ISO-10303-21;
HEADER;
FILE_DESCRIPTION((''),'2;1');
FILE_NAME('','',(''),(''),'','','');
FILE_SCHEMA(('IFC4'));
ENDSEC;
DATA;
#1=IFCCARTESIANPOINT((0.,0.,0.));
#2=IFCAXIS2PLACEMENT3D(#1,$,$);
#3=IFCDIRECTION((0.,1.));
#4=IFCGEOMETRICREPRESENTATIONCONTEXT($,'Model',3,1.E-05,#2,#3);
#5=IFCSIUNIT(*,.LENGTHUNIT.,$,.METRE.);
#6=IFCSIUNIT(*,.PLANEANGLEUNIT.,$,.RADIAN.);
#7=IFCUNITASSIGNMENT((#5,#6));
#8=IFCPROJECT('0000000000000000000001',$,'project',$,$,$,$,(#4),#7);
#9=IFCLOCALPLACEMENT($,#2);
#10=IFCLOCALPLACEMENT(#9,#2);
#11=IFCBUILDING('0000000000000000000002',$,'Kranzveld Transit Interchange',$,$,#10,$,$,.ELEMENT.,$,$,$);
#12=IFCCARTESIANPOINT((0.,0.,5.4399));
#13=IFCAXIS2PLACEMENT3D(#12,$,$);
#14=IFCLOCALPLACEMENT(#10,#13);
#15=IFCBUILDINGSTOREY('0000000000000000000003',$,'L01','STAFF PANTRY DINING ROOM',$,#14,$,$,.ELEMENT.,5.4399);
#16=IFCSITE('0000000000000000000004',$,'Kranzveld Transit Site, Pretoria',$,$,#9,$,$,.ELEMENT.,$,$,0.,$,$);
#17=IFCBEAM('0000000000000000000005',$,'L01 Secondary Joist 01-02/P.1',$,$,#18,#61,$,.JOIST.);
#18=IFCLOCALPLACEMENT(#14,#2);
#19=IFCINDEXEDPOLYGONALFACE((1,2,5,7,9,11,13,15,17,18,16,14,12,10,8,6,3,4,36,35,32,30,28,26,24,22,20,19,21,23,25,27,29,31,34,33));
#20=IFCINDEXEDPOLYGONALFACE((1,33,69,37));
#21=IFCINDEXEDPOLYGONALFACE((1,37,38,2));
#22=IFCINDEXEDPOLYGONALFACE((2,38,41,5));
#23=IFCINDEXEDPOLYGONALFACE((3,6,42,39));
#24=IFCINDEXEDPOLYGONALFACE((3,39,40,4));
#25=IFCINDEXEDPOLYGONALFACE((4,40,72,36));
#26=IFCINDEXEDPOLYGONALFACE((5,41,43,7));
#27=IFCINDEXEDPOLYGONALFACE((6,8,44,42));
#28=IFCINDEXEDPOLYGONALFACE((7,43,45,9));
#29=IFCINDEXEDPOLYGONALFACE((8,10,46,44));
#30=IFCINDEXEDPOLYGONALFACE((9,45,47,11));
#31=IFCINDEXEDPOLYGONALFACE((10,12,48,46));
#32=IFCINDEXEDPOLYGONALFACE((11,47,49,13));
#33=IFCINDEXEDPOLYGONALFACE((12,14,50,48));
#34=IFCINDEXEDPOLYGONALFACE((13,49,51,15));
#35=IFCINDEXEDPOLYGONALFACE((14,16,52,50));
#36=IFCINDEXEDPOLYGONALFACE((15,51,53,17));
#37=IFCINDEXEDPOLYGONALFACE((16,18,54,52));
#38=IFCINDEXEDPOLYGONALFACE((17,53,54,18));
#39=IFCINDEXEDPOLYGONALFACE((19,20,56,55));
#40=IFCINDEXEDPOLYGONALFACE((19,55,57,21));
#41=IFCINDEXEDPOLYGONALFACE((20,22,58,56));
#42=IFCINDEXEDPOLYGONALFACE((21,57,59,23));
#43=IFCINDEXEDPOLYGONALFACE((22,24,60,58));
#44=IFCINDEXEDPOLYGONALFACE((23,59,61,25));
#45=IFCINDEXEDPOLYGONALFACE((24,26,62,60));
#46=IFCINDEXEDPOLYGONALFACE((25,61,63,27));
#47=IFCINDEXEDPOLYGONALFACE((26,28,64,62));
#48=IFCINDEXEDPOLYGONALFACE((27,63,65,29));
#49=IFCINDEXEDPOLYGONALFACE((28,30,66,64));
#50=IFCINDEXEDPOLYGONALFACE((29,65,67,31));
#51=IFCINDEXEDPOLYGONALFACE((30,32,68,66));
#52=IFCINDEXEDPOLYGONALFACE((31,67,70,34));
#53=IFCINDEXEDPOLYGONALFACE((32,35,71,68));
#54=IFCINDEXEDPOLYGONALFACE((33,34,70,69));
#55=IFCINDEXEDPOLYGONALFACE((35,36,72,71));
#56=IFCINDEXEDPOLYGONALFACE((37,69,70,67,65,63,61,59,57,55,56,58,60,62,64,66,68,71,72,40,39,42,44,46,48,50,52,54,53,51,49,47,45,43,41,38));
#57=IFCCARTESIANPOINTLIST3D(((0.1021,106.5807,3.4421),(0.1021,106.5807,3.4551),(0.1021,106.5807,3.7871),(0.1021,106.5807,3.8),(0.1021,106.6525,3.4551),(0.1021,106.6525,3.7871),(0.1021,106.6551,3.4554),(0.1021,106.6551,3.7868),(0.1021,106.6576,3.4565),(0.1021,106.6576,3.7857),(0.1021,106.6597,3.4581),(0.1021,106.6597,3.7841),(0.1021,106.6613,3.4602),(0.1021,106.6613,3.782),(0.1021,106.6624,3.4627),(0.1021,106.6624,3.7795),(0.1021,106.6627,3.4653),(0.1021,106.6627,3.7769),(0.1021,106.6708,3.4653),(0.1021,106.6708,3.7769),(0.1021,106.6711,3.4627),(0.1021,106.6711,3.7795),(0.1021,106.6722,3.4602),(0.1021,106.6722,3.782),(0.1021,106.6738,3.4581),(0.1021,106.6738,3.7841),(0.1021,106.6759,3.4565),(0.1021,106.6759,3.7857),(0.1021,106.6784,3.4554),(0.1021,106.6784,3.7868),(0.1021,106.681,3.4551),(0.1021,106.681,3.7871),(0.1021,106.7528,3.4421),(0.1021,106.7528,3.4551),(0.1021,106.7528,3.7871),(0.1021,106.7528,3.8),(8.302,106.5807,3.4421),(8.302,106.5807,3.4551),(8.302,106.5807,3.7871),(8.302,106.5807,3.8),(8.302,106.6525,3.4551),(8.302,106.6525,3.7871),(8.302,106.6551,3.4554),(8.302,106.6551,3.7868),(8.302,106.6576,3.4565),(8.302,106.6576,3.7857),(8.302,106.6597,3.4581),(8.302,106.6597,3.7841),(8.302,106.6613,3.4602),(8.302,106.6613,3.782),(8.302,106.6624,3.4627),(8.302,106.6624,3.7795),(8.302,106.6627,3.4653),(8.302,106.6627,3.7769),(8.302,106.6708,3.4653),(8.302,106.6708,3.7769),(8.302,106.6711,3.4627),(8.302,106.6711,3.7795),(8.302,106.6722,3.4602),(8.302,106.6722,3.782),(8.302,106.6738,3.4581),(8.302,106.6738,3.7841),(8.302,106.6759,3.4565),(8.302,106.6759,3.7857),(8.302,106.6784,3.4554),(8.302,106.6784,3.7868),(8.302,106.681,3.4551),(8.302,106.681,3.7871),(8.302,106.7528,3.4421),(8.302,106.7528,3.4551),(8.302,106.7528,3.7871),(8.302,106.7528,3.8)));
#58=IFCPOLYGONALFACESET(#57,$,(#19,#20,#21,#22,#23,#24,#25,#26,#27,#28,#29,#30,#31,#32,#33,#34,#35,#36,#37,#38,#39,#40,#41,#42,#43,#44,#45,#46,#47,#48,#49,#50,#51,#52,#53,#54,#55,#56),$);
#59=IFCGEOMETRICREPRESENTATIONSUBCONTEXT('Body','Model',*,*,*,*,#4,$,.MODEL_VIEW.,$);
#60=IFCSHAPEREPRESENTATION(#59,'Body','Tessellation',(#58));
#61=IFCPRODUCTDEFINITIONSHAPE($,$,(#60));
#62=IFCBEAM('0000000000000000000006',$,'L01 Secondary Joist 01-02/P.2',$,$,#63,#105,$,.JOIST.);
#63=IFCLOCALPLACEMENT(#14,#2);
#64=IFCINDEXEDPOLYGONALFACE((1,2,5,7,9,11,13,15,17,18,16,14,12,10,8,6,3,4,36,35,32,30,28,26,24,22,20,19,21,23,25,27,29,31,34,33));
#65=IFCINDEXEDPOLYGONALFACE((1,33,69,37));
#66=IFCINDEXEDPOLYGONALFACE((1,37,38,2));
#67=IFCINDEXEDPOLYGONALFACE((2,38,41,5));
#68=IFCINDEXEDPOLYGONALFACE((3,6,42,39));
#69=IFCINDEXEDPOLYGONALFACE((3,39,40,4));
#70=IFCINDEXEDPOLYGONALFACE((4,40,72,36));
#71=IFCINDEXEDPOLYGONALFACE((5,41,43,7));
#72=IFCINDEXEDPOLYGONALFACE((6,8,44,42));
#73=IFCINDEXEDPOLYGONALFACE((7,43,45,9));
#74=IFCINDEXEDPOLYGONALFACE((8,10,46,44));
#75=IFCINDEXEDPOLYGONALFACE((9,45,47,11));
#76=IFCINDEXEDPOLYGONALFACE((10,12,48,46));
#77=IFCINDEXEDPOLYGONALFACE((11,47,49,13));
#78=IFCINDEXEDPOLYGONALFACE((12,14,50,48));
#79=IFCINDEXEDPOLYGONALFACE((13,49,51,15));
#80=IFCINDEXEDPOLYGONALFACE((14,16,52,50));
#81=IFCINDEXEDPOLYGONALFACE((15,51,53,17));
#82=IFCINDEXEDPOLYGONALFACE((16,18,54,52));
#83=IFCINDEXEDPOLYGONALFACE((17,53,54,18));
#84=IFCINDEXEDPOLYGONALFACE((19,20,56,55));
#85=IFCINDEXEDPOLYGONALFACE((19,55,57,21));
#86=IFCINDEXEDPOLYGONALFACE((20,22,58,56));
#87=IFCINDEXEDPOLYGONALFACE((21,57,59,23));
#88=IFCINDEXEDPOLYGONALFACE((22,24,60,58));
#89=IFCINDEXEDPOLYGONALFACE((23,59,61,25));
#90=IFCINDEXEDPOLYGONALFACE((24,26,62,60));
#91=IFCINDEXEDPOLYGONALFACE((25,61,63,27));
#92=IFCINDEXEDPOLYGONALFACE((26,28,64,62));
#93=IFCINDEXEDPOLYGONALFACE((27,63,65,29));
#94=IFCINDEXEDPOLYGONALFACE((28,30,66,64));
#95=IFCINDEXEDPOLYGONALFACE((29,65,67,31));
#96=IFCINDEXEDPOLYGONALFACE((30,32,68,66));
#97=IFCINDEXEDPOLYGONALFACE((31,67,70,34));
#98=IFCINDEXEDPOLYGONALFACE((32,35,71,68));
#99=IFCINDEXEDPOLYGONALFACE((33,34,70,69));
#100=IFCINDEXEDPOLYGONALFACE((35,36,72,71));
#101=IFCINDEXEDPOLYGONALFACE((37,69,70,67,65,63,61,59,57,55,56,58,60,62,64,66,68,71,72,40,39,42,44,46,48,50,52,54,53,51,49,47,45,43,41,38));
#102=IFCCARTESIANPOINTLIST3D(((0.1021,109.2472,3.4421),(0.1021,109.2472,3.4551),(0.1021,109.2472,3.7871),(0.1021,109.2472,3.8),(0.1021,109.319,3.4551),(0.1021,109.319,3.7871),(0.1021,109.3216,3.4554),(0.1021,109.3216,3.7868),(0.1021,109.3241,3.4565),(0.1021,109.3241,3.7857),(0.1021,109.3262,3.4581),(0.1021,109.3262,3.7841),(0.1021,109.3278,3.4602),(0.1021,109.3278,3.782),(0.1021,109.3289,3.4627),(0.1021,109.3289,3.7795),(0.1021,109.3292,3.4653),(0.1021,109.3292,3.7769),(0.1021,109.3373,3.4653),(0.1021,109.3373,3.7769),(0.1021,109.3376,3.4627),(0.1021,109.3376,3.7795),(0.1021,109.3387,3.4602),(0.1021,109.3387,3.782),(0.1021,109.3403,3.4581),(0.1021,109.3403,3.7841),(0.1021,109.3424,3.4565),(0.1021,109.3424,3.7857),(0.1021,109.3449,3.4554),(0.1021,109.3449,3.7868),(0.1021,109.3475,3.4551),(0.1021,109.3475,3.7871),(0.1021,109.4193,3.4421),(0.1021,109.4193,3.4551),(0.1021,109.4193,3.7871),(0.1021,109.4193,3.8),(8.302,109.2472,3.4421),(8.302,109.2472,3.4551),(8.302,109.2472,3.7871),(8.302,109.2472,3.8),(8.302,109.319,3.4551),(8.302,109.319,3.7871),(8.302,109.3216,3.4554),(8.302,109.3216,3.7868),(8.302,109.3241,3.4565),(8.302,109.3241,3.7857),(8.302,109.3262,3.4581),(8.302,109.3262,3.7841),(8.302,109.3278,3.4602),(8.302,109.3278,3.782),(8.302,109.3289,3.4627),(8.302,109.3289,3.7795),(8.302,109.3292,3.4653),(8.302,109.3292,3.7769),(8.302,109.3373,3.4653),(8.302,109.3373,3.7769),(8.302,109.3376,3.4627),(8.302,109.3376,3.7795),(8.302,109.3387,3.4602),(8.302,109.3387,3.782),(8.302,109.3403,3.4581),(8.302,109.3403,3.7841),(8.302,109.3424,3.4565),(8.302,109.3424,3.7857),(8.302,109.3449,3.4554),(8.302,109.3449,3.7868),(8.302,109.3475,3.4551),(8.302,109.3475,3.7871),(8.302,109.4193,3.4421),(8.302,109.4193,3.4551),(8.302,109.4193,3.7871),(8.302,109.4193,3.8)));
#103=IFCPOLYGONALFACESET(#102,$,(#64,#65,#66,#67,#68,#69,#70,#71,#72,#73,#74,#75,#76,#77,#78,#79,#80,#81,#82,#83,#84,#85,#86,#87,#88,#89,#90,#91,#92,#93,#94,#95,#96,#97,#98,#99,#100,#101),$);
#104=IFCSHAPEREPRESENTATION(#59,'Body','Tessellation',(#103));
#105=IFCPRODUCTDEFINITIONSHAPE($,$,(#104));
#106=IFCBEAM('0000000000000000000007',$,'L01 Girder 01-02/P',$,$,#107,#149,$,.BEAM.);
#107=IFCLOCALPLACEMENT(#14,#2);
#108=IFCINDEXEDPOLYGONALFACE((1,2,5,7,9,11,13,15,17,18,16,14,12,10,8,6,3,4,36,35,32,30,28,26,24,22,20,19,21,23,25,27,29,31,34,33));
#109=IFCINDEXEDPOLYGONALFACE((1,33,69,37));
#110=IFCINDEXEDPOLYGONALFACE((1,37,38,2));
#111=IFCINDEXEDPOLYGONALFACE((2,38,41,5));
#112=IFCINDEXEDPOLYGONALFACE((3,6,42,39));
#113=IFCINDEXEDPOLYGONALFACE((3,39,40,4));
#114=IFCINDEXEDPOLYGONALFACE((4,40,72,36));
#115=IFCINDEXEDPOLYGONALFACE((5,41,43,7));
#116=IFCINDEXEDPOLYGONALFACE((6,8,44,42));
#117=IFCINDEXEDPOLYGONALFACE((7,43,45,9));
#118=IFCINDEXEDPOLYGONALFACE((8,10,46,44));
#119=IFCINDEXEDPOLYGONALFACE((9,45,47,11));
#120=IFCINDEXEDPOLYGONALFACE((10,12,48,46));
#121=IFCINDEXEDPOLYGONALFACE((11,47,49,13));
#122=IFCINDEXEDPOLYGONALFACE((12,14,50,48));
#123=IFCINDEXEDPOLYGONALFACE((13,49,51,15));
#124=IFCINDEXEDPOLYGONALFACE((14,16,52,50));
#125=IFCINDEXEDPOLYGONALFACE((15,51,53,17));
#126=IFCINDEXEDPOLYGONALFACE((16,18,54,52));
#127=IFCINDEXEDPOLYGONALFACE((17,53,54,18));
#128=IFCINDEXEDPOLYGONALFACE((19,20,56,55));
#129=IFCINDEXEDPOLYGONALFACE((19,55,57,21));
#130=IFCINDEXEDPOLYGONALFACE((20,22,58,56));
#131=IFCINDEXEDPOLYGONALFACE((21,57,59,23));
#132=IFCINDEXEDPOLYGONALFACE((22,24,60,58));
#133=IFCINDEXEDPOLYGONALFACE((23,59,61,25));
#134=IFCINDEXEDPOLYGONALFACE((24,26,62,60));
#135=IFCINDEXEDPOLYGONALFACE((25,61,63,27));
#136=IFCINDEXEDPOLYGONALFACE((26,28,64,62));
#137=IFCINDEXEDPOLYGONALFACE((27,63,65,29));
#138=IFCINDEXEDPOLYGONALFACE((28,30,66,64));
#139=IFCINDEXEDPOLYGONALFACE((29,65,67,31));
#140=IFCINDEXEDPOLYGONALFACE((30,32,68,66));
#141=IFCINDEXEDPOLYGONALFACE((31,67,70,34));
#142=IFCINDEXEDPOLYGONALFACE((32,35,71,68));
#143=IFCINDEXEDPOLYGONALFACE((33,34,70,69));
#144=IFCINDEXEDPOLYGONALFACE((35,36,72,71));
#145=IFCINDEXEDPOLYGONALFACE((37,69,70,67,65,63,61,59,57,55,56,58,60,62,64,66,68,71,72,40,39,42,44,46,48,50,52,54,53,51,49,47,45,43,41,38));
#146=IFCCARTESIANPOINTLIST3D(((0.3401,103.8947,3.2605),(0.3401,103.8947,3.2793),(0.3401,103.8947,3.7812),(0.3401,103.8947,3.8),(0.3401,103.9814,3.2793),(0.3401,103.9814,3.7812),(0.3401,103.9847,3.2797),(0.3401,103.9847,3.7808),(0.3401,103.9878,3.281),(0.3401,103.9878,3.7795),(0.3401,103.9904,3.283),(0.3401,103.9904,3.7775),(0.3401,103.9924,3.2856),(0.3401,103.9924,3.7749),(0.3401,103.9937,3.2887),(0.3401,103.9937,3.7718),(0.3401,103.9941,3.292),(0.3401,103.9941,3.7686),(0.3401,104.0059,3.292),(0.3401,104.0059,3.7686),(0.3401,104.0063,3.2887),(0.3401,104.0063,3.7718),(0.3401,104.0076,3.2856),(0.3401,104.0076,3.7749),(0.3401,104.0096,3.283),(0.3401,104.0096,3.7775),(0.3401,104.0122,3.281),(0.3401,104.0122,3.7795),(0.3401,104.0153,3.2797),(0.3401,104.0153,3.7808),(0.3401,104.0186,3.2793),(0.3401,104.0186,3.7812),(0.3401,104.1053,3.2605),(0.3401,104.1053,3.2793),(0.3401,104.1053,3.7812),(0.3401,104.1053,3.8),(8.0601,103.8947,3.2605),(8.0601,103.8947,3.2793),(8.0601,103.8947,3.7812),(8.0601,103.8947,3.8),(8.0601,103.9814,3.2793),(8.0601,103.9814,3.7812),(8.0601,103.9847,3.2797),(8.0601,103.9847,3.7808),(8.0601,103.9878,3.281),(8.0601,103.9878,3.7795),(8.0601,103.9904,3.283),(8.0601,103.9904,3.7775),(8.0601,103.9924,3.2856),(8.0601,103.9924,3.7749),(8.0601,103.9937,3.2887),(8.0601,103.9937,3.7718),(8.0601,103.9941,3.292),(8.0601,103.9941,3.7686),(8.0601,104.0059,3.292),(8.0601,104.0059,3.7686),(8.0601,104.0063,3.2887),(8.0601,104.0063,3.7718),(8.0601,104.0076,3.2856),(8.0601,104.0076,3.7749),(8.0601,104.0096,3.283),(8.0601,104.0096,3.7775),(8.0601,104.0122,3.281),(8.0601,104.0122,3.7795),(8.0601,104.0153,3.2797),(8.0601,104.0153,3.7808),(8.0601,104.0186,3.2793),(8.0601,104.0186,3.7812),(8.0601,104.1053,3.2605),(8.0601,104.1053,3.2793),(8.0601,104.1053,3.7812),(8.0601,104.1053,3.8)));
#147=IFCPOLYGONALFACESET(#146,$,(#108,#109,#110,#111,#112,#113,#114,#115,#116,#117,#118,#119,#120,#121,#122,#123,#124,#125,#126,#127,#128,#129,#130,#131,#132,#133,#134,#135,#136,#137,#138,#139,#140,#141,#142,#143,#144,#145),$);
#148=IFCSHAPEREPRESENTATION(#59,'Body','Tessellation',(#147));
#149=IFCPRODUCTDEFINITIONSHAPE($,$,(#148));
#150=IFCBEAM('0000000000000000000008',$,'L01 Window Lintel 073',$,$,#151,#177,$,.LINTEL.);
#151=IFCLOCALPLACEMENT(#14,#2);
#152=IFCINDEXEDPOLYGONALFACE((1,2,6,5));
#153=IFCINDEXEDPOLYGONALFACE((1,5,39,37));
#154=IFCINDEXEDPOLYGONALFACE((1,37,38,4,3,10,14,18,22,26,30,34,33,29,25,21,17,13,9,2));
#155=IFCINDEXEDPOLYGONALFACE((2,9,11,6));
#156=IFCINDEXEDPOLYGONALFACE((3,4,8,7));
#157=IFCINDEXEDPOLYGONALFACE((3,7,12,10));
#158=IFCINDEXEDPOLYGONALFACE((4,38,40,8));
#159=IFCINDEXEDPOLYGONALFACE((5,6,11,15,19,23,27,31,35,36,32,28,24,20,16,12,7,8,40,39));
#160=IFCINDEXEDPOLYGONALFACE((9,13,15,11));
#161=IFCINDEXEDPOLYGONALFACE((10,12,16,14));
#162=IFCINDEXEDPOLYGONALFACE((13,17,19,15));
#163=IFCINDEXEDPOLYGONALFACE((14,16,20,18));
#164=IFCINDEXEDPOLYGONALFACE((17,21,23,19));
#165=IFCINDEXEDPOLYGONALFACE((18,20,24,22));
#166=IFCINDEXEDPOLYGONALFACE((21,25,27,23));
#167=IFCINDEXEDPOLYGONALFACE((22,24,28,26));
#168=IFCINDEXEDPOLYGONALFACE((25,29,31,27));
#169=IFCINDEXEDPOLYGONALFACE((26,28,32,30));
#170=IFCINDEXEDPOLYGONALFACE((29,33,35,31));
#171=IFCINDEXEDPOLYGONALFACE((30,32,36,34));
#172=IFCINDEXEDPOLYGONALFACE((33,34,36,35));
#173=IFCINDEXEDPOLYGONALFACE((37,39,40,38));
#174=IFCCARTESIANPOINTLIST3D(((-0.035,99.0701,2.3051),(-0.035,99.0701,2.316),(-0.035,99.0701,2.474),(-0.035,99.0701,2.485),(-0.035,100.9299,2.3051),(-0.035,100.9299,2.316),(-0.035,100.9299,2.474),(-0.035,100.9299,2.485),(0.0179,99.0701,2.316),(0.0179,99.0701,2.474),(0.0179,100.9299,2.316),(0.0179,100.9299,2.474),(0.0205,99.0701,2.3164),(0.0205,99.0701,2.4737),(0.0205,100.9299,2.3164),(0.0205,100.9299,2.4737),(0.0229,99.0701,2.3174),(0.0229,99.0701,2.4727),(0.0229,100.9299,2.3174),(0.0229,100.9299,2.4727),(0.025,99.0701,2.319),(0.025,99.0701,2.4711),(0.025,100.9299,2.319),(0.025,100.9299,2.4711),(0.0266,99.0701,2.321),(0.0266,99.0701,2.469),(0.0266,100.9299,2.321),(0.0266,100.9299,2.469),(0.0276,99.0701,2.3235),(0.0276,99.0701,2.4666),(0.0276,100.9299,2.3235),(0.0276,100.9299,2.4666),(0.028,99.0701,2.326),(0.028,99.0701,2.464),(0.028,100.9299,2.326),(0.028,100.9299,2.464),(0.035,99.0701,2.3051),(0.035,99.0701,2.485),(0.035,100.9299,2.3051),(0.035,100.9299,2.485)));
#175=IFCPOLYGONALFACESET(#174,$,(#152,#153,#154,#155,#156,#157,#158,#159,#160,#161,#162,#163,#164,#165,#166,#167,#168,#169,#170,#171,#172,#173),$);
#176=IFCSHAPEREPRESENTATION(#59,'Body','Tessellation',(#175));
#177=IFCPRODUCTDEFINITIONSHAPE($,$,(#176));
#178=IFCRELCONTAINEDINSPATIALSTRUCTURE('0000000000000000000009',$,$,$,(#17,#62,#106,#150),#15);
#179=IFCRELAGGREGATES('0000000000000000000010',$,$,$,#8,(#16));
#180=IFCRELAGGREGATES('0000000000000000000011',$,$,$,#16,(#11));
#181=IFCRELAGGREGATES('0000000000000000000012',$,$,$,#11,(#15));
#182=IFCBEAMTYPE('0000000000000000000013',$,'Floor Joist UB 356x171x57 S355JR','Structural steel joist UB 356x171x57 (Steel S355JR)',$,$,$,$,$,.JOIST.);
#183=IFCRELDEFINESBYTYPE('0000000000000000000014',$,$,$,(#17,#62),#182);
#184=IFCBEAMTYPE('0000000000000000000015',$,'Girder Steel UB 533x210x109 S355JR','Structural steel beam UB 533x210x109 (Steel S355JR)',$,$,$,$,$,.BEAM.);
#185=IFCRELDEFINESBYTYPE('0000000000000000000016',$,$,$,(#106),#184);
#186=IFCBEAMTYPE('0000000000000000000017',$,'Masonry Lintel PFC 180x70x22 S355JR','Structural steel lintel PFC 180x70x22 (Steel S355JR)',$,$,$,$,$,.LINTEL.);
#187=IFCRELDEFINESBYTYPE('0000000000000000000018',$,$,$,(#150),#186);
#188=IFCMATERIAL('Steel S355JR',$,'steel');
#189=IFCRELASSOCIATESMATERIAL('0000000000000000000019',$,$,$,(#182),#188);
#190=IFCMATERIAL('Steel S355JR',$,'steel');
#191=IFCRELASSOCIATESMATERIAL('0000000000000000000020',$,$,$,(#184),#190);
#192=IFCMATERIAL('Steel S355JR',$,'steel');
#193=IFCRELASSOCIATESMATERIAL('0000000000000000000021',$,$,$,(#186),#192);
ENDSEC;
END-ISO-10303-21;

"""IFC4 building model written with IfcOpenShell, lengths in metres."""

from ifc_helpers import new_model, si_unit, direction, frame, origin, origin_2d, place, context, subcontext, project, spatial, i_section, u_section, extrude, material, material_profile, profile_set, type_object, element, save


model = new_model("IFC4")

# Units and contexts
model_context = context("Model", 3, precision=1e-05, world=origin(), true_north=direction((0.0, 1.0)))
body_context = subcontext(model_context, "Body", "Model", "MODEL_VIEW")
ifc_project = project(units=[si_unit("LENGTHUNIT", "METRE"), si_unit("PLANEANGLEUNIT", "RADIAN")], contexts=[model_context])

# Site, building, storey
site_placement = place(None, origin())
site = spatial("IfcSite", under=ifc_project, at=site_placement, Name="Kranzveld Transit Site, Pretoria", CompositionType="ELEMENT", RefElevation=0.0)
building_placement = place(site_placement, origin())
building = spatial("IfcBuilding", under=site, at=building_placement, Name="Kranzveld Transit Interchange", CompositionType="ELEMENT")
storey_placement = place(building_placement, frame((0.0, 0.0, 5.4399)))
storey = spatial("IfcBuildingStorey", under=building, at=storey_placement, Name="L01", Description="STAFF PANTRY DINING ROOM", CompositionType="ELEMENT", Elevation=5.4399)

# Beams
ifc_material_1 = material(Name="Steel S355JR", Category="steel")
ifc_material_profile_1 = material_profile(ifc_material_1, i_section(OverallWidth=0.1721, OverallDepth=0.3579, WebThickness=0.0081, FlangeThickness=0.0129, FilletRadius=0.0103, at=origin_2d()), Name="UB 356x171x57")
ifc_profile_set_1 = profile_set([ifc_material_profile_1], Name="Steel S355JR")
beam_type_1 = type_object("IfcBeamType", Name="Floor Joist UB 356x171x57 S355JR", Description="Structural steel joist UB 356x171x57 (Steel S355JR)", PredefinedType="JOIST", material=ifc_profile_set_1)
for number, where, z_axis, x_axis, name in (
    (1, (0.1021, 106.6667, 3.6211), (1.0, 0.0, 0.0), (0.0, 1.0, 0.0), "L01 Secondary Joist 01-02/P.1"),
    (2, (0.1021, 109.3333, 3.6211), (1.0, 0.0, 0.0), (0.0, 1.0, 0.0), "L01 Secondary Joist 01-02/P.2"),
):
    element("IfcBeam", number, at=place(storey_placement, frame(where, z_axis=z_axis, x_axis=x_axis)), inside=storey, type_object=beam_type_1, Name=name, PredefinedType="JOIST", context=body_context, shape_type="SweptSolid", body=[
        extrude(i_section(OverallWidth=0.1721, OverallDepth=0.3579, WebThickness=0.0081, FlangeThickness=0.0129, FilletRadius=0.0103, at=origin_2d()), origin(), (0.0, 0.0, 1.0), 8.2),
    ])
ifc_material_2 = material(Name="Steel S355JR", Category="steel")
ifc_material_profile_2 = material_profile(ifc_material_2, i_section(OverallWidth=0.2107, OverallDepth=0.5396, WebThickness=0.0117, FlangeThickness=0.0188, FilletRadius=0.0127, at=origin_2d()), Name="UB 533x210x109")
ifc_profile_set_2 = profile_set([ifc_material_profile_2], Name="Steel S355JR")
beam_type_2 = type_object("IfcBeamType", Name="Girder Steel UB 533x210x109 S355JR", Description="Structural steel beam UB 533x210x109 (Steel S355JR)", PredefinedType="BEAM", material=ifc_profile_set_2)
beam_1_placement = place(storey_placement, frame((0.3401, 104.0, 3.5303), z_axis=(1.0, 0.0, 0.0), x_axis=(0.0, 1.0, 0.0)))
element("IfcBeam", 3, at=beam_1_placement, inside=storey, type_object=beam_type_2, Name="L01 Girder 01-02/P", PredefinedType="BEAM", context=body_context, shape_type="SweptSolid", body=[
    extrude(i_section(OverallWidth=0.2107, OverallDepth=0.5396, WebThickness=0.0117, FlangeThickness=0.0188, FilletRadius=0.0127, at=origin_2d()), origin(), (0.0, 0.0, 1.0), 7.72),
])
ifc_material_3 = material(Name="Steel S355JR", Category="steel")
ifc_material_profile_3 = material_profile(ifc_material_3, u_section(Depth=0.1799, FlangeWidth=0.0701, WebThickness=0.0071, FlangeThickness=0.011, FilletRadius=0.01, at=origin_2d()), Name="PFC 180x70x22")
ifc_profile_set_3 = profile_set([ifc_material_profile_3], Name="Steel S355JR")
beam_type_3 = type_object("IfcBeamType", Name="Masonry Lintel PFC 180x70x22 S355JR", Description="Structural steel lintel PFC 180x70x22 (Steel S355JR)", PredefinedType="LINTEL", material=ifc_profile_set_3)
beam_2_placement = place(storey_placement, frame((0.0, 99.0701, 2.395), z_axis=(0.0, 1.0, 0.0), x_axis=(-1.0, 0.0, 0.0)))
element("IfcBeam", 4, at=beam_2_placement, inside=storey, type_object=beam_type_3, Name="L01 Window Lintel 073", PredefinedType="LINTEL", context=body_context, shape_type="SweptSolid", body=[
    extrude(u_section(Depth=0.1799, FlangeWidth=0.0701, WebThickness=0.0071, FlangeThickness=0.011, FilletRadius=0.01, at=origin_2d()), origin(), (0.0, 0.0, 1.0), 1.8599),
])

save(model, "model.ifc")
